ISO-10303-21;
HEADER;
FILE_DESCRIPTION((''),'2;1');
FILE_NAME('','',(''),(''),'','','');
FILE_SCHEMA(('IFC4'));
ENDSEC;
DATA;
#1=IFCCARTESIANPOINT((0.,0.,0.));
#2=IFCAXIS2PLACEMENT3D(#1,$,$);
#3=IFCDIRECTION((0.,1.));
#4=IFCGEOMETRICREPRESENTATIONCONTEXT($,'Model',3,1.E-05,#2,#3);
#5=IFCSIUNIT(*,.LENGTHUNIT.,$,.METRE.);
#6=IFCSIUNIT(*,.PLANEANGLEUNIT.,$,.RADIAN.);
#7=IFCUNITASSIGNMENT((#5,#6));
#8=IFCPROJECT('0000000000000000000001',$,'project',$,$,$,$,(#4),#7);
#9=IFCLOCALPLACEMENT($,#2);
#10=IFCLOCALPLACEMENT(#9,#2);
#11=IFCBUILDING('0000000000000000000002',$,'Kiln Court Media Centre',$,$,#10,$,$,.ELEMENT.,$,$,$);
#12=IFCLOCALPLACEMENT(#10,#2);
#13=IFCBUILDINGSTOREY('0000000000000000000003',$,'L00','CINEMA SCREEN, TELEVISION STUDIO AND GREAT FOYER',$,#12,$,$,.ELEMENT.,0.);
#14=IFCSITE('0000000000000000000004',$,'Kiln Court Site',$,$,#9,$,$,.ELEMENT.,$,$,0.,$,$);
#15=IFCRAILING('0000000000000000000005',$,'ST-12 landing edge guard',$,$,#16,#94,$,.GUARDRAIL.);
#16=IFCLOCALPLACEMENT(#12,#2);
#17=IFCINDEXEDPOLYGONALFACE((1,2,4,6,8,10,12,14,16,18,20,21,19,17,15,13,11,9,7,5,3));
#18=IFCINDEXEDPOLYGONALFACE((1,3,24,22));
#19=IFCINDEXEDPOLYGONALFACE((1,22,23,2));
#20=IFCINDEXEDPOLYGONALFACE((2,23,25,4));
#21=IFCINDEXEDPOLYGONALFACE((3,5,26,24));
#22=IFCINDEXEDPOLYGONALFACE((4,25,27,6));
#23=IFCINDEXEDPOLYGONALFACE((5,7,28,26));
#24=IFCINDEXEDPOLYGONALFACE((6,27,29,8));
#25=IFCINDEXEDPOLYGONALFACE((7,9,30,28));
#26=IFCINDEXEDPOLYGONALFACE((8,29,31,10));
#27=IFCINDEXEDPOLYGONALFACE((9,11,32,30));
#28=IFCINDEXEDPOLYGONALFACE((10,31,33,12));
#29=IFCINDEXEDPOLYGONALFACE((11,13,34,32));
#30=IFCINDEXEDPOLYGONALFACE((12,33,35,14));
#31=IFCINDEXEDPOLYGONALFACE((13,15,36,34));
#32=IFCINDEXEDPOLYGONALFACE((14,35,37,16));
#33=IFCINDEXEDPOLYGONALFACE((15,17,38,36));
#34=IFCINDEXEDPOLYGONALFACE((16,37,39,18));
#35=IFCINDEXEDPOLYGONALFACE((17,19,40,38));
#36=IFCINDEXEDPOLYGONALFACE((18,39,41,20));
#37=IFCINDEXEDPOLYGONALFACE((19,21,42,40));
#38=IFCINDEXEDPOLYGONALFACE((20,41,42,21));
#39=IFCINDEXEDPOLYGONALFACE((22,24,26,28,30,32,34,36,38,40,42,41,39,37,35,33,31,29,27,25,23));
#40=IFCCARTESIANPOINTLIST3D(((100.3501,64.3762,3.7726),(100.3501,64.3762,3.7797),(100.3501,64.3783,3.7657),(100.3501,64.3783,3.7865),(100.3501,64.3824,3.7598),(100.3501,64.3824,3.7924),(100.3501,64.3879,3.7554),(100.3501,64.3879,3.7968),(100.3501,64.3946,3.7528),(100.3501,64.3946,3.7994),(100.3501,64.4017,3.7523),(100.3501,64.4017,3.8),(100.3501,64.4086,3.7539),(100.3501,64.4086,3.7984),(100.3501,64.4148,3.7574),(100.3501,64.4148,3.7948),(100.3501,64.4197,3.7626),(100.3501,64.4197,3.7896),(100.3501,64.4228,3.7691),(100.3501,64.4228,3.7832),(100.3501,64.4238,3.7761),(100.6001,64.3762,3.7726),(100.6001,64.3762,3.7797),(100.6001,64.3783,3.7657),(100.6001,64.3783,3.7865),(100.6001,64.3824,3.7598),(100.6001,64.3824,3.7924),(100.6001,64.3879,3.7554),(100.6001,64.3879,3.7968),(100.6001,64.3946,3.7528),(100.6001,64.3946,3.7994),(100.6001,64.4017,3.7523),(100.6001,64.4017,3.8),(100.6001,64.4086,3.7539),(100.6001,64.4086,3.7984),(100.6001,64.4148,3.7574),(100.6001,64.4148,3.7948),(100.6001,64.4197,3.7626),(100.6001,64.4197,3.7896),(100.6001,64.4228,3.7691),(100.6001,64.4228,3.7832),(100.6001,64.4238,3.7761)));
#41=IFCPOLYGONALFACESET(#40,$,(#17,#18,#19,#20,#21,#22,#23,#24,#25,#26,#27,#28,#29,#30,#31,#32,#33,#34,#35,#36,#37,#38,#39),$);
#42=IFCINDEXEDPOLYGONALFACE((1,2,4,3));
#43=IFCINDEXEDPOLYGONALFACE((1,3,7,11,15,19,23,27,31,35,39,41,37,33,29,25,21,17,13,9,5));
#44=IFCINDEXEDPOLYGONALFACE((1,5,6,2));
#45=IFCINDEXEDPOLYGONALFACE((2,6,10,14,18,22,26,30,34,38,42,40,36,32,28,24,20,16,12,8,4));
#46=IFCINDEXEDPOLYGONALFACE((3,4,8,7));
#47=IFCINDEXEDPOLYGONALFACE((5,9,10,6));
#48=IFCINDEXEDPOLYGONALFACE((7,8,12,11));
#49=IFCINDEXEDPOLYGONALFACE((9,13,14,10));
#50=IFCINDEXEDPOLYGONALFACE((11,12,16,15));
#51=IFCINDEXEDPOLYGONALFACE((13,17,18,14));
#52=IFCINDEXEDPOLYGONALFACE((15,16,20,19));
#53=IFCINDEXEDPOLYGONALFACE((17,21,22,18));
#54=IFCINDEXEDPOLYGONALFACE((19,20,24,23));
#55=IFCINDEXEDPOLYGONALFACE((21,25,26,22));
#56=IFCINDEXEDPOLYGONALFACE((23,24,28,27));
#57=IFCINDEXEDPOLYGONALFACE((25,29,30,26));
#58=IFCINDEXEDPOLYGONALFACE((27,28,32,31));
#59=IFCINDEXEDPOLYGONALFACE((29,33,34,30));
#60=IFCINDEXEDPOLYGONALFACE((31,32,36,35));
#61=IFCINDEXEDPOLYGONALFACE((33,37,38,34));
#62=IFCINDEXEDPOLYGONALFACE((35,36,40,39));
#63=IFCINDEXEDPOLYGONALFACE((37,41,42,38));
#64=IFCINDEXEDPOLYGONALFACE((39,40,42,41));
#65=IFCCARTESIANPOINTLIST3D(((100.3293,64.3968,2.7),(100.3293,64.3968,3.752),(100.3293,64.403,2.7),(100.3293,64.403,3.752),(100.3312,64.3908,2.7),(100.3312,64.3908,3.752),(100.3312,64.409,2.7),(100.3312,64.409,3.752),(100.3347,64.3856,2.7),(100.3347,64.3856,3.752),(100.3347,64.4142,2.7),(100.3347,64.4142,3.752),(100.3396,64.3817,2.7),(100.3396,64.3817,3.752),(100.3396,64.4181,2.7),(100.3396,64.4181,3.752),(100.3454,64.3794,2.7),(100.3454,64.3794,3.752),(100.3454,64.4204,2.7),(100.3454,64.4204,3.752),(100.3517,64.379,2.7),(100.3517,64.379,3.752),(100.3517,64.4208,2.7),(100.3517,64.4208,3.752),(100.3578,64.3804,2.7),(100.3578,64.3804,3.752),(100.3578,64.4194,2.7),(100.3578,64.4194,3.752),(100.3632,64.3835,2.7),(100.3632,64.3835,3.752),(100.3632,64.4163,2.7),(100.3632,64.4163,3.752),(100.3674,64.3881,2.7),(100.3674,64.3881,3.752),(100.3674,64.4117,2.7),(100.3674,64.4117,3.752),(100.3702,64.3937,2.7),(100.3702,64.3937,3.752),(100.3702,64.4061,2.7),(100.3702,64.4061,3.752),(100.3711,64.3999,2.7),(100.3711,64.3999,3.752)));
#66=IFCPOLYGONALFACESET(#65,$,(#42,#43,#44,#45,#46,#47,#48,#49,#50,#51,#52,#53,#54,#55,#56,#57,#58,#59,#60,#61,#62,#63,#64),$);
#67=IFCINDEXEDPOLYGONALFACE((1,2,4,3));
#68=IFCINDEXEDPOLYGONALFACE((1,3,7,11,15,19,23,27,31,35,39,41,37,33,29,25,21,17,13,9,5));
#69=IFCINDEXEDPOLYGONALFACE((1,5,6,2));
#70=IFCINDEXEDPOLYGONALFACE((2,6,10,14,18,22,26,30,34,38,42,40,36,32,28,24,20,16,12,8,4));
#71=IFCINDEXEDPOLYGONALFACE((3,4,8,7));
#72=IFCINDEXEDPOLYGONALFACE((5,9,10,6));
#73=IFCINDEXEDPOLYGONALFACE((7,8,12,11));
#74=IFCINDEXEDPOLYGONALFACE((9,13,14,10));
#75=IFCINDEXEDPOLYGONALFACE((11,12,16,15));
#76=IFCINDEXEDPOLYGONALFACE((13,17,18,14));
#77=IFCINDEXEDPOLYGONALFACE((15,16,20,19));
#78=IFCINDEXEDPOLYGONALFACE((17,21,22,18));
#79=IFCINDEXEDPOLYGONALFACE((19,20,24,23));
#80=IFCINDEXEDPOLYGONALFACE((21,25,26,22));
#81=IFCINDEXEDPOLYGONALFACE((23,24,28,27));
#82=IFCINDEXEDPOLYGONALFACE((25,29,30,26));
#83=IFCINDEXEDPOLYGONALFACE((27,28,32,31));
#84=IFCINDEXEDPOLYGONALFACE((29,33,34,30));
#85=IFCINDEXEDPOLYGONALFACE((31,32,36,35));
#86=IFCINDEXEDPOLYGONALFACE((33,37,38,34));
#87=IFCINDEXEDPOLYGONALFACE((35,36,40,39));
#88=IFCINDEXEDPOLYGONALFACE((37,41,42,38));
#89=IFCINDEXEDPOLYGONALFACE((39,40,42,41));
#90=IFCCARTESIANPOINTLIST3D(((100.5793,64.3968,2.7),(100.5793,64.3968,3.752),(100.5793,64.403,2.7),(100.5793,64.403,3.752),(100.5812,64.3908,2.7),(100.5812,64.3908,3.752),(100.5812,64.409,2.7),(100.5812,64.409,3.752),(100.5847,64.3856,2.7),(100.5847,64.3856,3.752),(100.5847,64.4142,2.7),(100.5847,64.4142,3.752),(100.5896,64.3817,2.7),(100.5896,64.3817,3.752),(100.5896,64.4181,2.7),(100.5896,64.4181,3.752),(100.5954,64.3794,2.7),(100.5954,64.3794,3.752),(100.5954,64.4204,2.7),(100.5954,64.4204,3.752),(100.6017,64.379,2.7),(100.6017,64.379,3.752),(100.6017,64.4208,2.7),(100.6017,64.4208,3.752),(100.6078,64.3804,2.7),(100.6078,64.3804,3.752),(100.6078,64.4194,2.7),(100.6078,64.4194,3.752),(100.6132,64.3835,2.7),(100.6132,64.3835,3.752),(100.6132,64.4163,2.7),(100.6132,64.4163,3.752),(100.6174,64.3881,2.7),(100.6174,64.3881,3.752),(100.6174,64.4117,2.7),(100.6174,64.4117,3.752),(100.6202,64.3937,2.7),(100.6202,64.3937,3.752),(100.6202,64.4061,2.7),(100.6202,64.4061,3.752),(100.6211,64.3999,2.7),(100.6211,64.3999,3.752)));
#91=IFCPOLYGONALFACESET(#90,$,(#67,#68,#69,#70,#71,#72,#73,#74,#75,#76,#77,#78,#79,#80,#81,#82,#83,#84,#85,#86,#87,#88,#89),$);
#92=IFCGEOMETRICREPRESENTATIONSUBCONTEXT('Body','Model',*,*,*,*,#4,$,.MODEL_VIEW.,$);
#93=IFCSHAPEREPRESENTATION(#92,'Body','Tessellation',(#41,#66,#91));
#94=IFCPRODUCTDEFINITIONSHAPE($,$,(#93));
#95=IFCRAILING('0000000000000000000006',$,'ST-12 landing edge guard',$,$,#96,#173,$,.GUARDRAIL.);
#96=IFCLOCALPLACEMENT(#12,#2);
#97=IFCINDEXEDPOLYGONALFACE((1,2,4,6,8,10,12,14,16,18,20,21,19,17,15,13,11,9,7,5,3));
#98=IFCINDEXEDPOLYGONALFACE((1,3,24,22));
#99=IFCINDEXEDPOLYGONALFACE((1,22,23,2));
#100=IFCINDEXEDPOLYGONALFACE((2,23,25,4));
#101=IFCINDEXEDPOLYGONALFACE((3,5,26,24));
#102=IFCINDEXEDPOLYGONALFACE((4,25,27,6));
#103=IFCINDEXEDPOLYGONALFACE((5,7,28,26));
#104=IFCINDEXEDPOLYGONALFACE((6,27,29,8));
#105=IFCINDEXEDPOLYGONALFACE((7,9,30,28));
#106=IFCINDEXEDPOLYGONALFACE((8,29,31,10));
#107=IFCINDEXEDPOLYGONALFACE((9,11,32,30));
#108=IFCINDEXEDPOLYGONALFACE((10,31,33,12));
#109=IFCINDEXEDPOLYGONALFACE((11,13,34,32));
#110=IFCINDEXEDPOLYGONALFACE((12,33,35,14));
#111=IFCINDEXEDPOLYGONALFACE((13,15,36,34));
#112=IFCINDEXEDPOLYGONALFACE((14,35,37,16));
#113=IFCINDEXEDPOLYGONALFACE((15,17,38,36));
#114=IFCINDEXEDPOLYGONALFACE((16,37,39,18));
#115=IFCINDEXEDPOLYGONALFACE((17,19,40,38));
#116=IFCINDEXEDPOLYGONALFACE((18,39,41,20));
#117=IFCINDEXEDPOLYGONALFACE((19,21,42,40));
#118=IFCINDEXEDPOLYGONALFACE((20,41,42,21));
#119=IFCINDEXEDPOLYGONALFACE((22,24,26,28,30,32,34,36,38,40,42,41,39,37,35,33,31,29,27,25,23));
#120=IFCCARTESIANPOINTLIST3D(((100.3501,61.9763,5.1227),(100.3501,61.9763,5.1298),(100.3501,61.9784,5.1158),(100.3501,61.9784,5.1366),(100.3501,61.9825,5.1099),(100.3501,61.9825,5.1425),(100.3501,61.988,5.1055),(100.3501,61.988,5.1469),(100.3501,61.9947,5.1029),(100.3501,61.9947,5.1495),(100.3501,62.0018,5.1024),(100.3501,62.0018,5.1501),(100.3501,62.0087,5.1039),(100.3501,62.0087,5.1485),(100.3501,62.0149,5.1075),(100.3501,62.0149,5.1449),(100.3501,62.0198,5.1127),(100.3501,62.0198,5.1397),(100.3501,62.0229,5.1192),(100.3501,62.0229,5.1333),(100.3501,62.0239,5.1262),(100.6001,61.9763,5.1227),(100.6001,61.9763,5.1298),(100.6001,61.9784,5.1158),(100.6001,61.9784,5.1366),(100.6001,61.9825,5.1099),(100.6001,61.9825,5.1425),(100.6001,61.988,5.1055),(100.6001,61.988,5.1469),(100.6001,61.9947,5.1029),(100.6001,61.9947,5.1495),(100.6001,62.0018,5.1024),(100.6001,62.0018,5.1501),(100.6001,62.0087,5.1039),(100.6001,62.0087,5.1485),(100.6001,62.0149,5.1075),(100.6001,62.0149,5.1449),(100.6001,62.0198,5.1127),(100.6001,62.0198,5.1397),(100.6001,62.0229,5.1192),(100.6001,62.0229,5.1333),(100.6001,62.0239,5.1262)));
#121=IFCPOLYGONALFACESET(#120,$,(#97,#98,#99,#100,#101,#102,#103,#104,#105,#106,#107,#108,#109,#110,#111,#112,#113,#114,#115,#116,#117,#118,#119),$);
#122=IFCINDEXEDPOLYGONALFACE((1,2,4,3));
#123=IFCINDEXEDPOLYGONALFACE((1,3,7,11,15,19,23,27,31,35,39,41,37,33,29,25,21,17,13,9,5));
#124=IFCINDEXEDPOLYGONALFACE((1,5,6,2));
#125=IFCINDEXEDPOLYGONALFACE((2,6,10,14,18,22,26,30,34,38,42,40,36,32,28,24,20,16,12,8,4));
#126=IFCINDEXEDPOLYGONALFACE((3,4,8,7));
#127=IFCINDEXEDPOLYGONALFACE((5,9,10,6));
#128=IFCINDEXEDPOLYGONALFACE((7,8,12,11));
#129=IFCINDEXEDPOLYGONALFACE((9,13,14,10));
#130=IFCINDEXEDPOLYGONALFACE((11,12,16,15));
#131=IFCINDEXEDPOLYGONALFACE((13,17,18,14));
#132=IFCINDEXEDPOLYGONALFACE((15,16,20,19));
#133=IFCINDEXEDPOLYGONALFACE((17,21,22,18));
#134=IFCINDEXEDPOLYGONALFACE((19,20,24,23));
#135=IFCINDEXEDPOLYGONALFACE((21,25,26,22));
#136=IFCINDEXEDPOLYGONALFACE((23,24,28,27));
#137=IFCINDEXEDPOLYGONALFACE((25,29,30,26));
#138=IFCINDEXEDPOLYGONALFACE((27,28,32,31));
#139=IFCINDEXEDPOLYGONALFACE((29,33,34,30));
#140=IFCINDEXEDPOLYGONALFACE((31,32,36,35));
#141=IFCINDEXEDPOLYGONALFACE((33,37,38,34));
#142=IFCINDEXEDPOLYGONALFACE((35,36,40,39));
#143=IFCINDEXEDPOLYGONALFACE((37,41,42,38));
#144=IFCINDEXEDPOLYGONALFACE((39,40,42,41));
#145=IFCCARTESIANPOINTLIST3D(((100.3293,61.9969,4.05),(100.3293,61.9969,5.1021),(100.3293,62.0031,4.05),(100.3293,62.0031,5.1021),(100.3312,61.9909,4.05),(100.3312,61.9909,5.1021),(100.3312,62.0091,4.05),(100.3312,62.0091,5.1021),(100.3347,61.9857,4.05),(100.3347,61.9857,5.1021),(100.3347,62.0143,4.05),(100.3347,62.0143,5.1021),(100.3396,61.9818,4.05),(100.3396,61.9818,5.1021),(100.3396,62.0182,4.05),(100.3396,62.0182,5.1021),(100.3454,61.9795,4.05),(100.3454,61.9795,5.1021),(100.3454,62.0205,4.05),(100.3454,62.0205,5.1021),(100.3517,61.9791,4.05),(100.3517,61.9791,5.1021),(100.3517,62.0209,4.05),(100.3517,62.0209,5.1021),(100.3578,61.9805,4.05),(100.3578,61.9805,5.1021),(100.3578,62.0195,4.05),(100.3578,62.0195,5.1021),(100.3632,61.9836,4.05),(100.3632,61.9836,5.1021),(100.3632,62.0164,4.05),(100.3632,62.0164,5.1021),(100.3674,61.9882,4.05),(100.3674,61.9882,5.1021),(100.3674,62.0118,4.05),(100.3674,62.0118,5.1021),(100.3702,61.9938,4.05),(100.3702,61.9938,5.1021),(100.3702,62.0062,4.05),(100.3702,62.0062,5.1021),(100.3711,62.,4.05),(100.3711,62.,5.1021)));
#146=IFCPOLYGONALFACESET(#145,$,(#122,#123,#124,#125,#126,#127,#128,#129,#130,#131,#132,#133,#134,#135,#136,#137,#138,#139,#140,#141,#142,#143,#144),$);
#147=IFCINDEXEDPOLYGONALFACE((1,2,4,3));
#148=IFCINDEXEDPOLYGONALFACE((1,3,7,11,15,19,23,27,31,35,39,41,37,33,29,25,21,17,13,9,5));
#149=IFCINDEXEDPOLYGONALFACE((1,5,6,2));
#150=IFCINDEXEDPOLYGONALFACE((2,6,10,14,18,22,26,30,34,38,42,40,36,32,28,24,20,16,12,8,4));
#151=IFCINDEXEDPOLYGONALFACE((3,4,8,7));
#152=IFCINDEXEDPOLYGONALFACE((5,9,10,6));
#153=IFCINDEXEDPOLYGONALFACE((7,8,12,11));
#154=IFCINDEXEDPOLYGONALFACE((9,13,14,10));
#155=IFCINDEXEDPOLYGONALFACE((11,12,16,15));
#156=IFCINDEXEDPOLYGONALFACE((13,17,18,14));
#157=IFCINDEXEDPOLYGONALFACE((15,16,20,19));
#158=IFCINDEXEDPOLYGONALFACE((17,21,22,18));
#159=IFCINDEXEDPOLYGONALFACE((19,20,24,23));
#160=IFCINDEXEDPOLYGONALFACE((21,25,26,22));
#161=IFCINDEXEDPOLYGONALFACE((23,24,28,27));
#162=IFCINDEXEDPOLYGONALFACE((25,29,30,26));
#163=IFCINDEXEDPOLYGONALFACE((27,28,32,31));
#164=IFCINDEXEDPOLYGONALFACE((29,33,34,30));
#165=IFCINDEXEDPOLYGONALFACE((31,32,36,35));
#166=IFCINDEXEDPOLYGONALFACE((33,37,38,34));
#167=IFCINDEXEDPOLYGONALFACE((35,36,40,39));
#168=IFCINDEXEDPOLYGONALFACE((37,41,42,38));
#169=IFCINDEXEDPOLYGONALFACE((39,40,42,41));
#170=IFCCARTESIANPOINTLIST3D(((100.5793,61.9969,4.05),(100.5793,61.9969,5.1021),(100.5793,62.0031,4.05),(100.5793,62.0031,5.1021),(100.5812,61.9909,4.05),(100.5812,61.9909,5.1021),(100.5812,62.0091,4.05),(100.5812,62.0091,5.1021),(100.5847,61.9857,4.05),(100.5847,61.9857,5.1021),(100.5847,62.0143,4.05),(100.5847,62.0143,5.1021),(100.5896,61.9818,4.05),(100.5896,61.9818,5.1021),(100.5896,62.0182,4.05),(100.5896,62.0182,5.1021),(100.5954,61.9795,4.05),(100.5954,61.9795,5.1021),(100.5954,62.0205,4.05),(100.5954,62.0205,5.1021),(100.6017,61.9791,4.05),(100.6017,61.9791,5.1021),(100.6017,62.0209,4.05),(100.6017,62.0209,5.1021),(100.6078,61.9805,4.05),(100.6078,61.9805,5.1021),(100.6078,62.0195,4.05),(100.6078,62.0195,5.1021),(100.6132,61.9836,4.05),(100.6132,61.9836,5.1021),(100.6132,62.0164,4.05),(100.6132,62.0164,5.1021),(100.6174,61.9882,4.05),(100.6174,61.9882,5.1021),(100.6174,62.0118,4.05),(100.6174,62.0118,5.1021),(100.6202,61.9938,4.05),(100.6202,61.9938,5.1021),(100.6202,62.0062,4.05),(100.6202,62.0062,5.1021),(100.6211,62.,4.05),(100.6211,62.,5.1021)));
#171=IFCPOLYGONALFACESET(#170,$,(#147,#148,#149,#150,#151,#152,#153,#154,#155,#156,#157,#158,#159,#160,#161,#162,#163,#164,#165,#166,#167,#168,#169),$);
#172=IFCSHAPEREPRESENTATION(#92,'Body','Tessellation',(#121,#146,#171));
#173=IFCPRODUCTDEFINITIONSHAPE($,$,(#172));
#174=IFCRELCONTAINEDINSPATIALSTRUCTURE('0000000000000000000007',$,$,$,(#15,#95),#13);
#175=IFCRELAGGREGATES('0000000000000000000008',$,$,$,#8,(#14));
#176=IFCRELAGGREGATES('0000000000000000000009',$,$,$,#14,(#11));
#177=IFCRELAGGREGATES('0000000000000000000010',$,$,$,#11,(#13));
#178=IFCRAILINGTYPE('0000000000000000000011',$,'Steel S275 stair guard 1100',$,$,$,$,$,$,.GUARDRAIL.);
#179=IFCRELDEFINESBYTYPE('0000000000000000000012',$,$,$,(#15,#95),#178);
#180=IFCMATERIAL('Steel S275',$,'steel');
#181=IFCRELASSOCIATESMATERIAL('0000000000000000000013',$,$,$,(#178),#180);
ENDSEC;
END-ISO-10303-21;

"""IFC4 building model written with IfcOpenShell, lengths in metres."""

from ifc_helpers import new_model, si_unit, direction, frame, origin, origin_2d, place, context, subcontext, project, spatial, circle, extrude, material, type_object, element, save


model = new_model("IFC4")

# Units and contexts
model_context = context("Model", 3, precision=1e-05, world=origin(), true_north=direction((0.0, 1.0)))
body_context = subcontext(model_context, "Body", "Model", "MODEL_VIEW")
ifc_project = project(units=[si_unit("LENGTHUNIT", "METRE"), si_unit("PLANEANGLEUNIT", "RADIAN")], contexts=[model_context])

# Site, building, storey
site_placement = place(None, origin())
site = spatial("IfcSite", under=ifc_project, at=site_placement, Name="Kiln Court Site", CompositionType="ELEMENT", RefElevation=0.0)
building_placement = place(site_placement, origin())
building = spatial("IfcBuilding", under=site, at=building_placement, Name="Kiln Court Media Centre", CompositionType="ELEMENT")
storey_placement = place(building_placement, origin())
storey = spatial("IfcBuildingStorey", under=building, at=storey_placement, Name="L00", Description="CINEMA SCREEN, TELEVISION STUDIO AND GREAT FOYER", CompositionType="ELEMENT", Elevation=0.0)

# Railings
ifc_material_1 = material(Name="Steel S275", Category="steel")
railing_type_1 = type_object("IfcRailingType", Name="Steel S275 stair guard 1100", PredefinedType="GUARDRAIL", material=ifc_material_1)
for number, where, name in (
    (1, (100.3501, 64.3999, 2.7), "ST-12 landing edge guard"),
    (2, (100.3501, 62.0, 4.05), "ST-12 landing edge guard"),
):
    element("IfcRailing", number, at=place(storey_placement, frame(where)), inside=storey, type_object=railing_type_1, Name=name, PredefinedType="GUARDRAIL", context=body_context, shape_type="SweptSolid", body=[
        extrude(circle(Radius=0.0239, at=origin_2d()), frame((0.0, 0.0, 1.0762), z_axis=(1.0, 0.0, 0.0), x_axis=(0.0, 1.0, 0.0)), (0.0, 0.0, 1.0), 0.25),
        extrude(circle(Radius=0.021, at=origin_2d()), origin(), (0.0, 0.0, 1.0), 1.052),
        extrude(circle(Radius=0.021, at=origin_2d()), frame((0.25, 0.0, 0.0)), (0.0, 0.0, 1.0), 1.052),
    ])

save(model, "model.ifc")
